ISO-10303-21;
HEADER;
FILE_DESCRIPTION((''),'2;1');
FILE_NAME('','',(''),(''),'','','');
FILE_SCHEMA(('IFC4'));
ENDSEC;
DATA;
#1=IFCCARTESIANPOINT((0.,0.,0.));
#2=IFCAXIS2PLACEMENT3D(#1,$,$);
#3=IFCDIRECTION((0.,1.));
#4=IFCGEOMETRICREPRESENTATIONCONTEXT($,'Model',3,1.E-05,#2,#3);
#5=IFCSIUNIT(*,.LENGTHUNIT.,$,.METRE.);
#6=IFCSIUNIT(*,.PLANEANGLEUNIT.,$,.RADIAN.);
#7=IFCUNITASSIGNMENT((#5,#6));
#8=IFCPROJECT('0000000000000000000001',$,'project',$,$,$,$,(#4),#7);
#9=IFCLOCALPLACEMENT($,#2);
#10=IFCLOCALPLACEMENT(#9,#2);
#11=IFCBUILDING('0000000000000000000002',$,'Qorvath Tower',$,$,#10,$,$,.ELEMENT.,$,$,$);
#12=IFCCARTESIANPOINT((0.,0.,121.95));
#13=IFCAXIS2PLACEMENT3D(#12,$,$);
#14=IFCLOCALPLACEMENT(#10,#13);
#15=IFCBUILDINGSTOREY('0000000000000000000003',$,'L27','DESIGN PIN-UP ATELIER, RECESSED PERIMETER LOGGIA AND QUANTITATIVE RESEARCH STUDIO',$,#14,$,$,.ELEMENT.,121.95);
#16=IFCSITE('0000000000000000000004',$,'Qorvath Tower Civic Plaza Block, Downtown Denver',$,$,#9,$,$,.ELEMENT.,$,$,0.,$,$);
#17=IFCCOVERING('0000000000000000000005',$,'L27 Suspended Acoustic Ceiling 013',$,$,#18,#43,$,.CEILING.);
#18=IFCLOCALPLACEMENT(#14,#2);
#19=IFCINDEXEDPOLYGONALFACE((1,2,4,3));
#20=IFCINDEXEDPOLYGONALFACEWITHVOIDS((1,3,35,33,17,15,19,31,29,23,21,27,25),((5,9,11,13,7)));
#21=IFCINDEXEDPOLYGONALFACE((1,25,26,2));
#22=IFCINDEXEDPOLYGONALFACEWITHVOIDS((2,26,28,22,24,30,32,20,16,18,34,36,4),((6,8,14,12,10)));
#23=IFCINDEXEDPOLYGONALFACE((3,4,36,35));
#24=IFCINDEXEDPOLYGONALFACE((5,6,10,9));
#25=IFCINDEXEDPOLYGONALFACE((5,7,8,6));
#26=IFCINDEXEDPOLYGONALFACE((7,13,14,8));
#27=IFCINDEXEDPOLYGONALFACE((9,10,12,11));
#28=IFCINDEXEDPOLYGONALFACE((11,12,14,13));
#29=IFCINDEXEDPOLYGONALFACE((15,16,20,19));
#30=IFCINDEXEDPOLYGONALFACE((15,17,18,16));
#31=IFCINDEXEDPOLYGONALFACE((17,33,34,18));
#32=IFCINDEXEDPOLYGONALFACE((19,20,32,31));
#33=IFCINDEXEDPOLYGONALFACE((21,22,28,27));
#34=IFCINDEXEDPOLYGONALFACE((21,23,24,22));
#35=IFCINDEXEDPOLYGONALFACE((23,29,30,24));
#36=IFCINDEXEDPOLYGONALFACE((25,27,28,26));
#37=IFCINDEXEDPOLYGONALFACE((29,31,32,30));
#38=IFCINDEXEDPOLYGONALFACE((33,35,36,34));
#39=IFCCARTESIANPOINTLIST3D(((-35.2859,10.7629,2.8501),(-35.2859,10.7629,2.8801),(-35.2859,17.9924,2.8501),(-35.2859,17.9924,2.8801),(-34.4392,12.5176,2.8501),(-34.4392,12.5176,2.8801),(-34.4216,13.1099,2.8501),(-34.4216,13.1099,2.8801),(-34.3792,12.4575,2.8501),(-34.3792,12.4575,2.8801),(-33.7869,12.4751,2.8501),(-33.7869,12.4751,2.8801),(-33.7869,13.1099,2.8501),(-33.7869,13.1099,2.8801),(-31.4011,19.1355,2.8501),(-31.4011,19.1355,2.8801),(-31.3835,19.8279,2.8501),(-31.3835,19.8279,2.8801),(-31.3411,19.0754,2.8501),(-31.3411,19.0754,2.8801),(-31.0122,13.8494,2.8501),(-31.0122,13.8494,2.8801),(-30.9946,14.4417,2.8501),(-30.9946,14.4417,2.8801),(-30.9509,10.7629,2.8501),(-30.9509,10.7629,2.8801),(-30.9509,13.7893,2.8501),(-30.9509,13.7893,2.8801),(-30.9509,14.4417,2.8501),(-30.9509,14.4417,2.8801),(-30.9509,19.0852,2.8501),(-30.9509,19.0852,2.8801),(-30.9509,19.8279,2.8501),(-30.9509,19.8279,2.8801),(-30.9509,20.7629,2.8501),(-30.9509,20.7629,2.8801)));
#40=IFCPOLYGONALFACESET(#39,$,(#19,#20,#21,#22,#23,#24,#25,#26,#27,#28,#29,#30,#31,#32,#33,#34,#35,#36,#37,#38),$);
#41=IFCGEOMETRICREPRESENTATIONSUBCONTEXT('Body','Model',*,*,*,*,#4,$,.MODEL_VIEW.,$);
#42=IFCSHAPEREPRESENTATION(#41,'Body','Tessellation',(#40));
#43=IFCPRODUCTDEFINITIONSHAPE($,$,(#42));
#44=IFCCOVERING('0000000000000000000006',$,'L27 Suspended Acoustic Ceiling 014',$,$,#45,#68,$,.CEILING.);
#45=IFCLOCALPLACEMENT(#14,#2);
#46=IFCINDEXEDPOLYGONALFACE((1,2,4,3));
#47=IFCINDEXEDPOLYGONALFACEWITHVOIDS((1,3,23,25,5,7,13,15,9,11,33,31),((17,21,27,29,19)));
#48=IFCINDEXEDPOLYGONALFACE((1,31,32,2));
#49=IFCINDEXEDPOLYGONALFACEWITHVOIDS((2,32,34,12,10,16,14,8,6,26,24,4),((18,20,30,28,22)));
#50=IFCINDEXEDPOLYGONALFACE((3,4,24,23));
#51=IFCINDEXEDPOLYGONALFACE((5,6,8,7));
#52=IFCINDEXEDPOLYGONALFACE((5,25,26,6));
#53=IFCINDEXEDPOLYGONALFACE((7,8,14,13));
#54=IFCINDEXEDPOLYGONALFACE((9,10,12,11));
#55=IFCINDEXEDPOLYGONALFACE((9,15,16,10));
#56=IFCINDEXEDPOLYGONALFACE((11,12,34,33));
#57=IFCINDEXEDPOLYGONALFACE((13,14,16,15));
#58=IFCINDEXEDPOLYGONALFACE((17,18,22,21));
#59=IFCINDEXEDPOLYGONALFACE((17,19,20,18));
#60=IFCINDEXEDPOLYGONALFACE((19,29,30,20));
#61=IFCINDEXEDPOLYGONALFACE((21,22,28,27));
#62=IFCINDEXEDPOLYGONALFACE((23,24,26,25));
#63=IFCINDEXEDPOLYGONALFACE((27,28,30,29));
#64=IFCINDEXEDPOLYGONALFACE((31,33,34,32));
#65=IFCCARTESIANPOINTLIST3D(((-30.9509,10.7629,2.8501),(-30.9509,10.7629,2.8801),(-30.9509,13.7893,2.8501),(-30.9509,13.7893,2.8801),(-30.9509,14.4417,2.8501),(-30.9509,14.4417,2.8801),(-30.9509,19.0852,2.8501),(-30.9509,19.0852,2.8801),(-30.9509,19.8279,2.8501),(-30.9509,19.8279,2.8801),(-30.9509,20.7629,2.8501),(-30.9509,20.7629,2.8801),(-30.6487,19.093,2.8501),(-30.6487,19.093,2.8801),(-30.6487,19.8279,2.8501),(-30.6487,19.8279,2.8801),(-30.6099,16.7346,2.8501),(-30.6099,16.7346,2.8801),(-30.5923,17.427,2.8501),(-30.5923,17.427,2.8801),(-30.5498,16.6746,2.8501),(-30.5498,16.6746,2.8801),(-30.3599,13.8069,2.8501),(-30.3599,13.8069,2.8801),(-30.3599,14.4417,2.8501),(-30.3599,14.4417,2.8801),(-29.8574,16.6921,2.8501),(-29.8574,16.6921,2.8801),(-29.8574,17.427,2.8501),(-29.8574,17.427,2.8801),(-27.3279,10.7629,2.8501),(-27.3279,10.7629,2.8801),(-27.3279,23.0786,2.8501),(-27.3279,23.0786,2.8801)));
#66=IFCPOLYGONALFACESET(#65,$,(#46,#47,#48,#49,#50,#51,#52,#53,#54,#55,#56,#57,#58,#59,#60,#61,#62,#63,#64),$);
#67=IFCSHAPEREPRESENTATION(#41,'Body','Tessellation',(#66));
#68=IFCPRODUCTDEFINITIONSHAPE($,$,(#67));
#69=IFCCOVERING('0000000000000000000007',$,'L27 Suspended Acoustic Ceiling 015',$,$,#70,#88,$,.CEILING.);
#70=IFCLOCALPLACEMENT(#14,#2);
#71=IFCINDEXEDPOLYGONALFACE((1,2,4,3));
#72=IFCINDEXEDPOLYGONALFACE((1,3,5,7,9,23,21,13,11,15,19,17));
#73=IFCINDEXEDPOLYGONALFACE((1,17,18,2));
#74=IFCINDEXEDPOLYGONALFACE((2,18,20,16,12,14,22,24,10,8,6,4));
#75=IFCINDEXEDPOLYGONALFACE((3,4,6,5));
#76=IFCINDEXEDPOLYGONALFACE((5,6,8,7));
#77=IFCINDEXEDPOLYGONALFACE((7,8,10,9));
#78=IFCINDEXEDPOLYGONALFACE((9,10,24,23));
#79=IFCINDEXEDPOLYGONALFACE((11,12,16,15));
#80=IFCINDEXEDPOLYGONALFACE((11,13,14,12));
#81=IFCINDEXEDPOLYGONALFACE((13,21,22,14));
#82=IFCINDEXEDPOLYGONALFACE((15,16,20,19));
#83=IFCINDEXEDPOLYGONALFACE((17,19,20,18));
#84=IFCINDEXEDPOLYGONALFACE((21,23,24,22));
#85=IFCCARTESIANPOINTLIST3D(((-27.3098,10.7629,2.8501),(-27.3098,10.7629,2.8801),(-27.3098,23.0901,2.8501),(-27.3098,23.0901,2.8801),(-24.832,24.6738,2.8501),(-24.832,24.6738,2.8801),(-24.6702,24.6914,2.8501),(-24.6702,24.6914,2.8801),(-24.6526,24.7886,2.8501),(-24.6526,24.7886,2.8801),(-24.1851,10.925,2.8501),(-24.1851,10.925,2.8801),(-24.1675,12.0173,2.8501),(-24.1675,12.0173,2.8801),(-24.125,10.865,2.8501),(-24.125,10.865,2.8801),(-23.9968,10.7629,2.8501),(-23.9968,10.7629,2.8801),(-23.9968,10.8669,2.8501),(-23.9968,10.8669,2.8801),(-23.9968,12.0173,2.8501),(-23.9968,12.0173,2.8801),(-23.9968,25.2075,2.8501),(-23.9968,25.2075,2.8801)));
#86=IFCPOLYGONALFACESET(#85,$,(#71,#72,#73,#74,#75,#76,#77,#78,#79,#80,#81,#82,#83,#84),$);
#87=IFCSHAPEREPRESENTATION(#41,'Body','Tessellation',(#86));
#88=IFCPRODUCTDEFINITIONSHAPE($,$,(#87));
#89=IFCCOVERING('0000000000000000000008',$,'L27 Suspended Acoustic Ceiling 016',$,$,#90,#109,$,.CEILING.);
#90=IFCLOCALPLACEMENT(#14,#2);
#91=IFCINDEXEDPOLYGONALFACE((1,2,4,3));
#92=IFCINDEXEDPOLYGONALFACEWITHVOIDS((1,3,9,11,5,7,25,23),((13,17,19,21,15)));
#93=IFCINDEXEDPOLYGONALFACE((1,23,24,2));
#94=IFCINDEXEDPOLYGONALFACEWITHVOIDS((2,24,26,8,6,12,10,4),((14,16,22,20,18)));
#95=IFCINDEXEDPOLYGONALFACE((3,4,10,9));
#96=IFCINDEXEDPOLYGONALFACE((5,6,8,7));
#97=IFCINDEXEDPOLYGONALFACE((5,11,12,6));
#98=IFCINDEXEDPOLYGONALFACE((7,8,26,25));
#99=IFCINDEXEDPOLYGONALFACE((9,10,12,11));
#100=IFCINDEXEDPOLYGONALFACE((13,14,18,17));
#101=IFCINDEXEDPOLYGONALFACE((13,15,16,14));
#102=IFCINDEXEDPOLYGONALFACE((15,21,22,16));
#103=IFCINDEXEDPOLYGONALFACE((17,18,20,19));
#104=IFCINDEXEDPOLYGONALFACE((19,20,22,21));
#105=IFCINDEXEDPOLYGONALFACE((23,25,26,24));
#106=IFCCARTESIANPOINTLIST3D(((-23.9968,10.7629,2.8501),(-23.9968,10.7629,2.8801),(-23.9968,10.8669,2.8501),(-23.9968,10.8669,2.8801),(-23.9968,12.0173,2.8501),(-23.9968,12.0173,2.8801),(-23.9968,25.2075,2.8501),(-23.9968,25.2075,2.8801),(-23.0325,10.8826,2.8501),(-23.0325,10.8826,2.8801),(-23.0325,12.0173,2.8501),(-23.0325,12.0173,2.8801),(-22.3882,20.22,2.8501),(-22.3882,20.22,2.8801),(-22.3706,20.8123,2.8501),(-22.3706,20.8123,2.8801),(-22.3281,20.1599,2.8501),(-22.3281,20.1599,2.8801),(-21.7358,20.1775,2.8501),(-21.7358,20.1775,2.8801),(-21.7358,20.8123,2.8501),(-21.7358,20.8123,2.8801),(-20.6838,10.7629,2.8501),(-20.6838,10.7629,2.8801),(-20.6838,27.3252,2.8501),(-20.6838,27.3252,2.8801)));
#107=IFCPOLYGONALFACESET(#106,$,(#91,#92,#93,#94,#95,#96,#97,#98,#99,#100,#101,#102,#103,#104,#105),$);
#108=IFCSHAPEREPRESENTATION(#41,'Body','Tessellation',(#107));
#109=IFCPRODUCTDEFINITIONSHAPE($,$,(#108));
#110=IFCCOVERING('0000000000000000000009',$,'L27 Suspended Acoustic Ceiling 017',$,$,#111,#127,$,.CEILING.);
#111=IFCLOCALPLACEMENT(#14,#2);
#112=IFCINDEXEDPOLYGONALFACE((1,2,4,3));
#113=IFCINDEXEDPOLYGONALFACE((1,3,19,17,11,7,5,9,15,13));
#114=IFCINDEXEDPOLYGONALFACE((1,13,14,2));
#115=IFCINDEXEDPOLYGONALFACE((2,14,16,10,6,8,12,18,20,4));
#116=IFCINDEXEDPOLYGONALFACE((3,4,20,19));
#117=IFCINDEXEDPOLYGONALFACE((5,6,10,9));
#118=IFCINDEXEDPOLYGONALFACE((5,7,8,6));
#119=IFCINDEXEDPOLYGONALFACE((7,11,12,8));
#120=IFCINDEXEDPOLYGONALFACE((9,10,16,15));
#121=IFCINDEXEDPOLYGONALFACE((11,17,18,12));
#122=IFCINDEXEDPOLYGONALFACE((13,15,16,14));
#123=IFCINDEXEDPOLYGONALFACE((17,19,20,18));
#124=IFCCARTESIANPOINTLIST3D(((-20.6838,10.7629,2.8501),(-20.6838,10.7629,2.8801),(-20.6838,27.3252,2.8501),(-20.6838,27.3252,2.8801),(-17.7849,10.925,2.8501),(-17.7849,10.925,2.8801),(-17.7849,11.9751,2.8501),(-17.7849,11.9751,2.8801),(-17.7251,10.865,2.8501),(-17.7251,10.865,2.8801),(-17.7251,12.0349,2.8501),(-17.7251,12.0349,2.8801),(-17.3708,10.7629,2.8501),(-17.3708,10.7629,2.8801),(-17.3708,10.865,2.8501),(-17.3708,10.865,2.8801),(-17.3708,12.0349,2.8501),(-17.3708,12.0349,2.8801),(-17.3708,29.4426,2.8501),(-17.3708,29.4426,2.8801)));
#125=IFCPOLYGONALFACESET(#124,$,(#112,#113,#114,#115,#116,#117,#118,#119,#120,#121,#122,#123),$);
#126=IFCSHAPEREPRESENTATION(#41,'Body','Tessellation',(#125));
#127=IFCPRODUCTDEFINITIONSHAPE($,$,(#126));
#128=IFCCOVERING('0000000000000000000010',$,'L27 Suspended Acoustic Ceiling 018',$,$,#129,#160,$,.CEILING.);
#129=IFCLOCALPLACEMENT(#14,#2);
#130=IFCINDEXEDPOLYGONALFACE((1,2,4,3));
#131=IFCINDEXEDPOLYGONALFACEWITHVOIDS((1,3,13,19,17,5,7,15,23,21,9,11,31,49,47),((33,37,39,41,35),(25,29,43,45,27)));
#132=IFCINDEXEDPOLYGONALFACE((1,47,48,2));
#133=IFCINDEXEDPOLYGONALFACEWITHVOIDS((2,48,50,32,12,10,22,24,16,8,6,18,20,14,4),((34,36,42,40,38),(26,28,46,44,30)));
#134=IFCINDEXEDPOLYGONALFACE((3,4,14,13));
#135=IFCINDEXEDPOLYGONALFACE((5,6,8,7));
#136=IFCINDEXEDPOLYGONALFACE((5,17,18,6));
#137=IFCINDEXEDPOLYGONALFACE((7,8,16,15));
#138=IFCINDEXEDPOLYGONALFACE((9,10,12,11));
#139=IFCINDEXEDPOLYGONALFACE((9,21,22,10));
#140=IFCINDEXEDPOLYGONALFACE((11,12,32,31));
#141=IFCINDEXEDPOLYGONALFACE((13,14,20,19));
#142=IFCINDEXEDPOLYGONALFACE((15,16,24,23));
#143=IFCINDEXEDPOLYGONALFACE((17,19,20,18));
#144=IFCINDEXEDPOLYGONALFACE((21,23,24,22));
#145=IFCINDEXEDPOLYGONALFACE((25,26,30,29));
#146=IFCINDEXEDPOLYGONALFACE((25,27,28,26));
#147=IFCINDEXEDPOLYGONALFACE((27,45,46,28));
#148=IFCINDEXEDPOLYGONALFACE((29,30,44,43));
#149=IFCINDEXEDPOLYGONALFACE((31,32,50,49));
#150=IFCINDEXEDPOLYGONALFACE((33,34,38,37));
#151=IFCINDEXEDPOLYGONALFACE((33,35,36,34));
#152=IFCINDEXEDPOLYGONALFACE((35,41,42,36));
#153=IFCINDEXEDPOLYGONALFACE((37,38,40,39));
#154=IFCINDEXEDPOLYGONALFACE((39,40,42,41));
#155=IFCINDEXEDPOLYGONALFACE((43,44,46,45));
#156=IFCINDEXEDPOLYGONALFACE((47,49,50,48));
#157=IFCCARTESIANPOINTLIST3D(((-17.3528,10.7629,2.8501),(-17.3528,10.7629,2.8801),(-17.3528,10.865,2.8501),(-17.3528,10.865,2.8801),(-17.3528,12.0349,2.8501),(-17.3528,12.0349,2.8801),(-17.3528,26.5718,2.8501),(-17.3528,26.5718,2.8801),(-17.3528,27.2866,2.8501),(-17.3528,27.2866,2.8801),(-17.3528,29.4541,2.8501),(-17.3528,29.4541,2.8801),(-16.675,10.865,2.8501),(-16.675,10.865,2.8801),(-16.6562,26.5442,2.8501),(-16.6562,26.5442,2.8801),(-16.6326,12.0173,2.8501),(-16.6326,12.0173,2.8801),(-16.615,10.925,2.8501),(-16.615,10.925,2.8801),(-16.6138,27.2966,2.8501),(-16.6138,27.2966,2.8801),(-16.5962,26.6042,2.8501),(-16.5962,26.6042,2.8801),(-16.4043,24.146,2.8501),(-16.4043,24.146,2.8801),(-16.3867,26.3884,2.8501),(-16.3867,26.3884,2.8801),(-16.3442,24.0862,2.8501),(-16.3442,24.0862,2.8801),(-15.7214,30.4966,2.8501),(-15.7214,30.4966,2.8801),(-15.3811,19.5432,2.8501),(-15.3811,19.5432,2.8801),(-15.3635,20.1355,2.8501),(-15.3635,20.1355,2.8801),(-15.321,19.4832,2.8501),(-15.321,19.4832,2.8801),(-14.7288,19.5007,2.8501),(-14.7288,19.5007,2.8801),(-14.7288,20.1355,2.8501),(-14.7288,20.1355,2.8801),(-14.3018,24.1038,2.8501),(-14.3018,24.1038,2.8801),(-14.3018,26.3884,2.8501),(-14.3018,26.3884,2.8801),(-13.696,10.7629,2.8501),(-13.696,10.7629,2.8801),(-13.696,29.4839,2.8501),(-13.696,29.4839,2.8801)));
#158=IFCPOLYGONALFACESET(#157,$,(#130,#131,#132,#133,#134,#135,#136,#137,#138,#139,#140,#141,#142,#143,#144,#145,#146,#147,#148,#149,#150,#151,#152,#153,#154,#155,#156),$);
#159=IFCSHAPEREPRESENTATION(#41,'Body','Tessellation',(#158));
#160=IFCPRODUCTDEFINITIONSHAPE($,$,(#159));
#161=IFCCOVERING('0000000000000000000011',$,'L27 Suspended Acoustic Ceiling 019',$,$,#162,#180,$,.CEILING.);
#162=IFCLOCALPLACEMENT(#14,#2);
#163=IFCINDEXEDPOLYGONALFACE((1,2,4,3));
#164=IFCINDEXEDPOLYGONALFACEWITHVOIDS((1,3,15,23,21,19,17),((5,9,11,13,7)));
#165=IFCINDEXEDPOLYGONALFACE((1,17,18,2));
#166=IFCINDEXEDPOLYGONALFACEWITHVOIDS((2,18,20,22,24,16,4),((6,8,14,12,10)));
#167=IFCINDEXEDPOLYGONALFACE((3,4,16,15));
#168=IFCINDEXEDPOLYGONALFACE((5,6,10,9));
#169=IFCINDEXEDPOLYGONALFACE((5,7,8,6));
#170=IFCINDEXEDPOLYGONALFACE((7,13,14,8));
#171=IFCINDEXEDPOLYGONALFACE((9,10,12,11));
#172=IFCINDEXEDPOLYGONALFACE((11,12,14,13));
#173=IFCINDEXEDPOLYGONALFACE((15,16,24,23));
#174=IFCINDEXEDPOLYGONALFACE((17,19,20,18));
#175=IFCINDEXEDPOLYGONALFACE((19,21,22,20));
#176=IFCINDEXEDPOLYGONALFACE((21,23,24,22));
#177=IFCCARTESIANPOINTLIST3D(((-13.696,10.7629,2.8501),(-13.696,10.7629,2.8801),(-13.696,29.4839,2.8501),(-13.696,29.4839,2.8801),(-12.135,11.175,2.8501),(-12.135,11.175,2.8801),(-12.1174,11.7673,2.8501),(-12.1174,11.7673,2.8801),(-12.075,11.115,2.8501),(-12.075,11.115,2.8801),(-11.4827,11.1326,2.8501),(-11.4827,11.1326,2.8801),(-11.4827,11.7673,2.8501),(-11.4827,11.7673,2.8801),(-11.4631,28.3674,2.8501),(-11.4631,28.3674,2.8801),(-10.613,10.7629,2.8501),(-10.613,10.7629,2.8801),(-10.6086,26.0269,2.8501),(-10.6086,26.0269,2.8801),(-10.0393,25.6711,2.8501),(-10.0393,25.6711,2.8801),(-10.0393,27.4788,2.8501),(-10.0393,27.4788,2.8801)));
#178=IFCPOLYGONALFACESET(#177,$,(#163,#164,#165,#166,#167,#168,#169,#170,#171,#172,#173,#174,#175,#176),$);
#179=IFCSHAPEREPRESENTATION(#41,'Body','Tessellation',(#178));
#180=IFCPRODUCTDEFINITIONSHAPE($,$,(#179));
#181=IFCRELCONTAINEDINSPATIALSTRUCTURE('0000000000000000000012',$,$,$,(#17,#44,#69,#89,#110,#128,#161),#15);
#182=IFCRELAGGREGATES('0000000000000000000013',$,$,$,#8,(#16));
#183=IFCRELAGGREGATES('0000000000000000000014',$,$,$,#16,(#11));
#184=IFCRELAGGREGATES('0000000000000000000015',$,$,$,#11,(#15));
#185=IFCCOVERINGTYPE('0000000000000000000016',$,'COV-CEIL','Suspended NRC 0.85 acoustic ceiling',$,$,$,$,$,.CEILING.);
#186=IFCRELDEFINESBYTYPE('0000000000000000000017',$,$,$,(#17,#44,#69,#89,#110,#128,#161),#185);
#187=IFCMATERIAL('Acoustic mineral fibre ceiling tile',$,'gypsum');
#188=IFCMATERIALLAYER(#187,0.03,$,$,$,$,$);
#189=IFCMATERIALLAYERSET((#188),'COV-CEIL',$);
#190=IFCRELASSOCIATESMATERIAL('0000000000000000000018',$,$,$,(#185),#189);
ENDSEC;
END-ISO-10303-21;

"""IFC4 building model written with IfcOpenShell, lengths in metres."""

from ifc_helpers import new_model, si_unit, direction, frame, origin, place, context, subcontext, project, spatial, polyline, outline, extrude, material, layer, layer_set, type_object, element, save


model = new_model("IFC4")

# Units and contexts
model_context = context("Model", 3, precision=1e-05, world=origin(), true_north=direction((0.0, 1.0)))
body_context = subcontext(model_context, "Body", "Model", "MODEL_VIEW")
ifc_project = project(units=[si_unit("LENGTHUNIT", "METRE"), si_unit("PLANEANGLEUNIT", "RADIAN")], contexts=[model_context])

# Site, building, storey
site_placement = place(None, origin())
site = spatial("IfcSite", under=ifc_project, at=site_placement, Name="Qorvath Tower Civic Plaza Block, Downtown Denver", CompositionType="ELEMENT", RefElevation=0.0)
building_placement = place(site_placement, origin())
building = spatial("IfcBuilding", under=site, at=building_placement, Name="Qorvath Tower", CompositionType="ELEMENT")
storey_placement = place(building_placement, frame((0.0, 0.0, 121.95)))
storey = spatial("IfcBuildingStorey", under=building, at=storey_placement, Name="L27", Description="DESIGN PIN-UP ATELIER, RECESSED PERIMETER LOGGIA AND QUANTITATIVE RESEARCH STUDIO", CompositionType="ELEMENT", Elevation=121.95)

# Coverings
ifc_material_1 = material(Name="Acoustic mineral fibre ceiling tile", Category="gypsum")
ifc_layer_1 = layer(ifc_material_1, 0.03)
ifc_layer_set_1 = layer_set([ifc_layer_1], Name="COV-CEIL")
covering_type_1 = type_object("IfcCoveringType", Name="COV-CEIL", Description="Suspended NRC 0.85 acoustic ceiling", PredefinedType="CEILING", material=ifc_layer_set_1)
covering_1_placement = place(storey_placement, frame((0.0, 0.0, 2.8501)))
element("IfcCovering", 1, at=covering_1_placement, inside=storey, type_object=covering_type_1, Name="L27 Suspended Acoustic Ceiling 013", PredefinedType="CEILING", context=body_context, shape_type="SweptSolid", body=[
    extrude(outline(polyline([(-35.2859, 10.7629), (-30.9509, 10.7629), (-30.9509, 13.7893), (-31.0122, 13.8494), (-30.9946, 14.4417), (-30.9509, 14.4417), (-30.9509, 19.0852), (-31.3411, 19.0754), (-31.4011, 19.1355), (-31.3835, 19.8279), (-30.9509, 19.8279), (-30.9509, 20.7629), (-35.2859, 17.9924), (-35.2859, 10.7629)]), holes=[polyline([(-34.4392, 12.5176), (-34.4216, 13.1099), (-33.7869, 13.1099), (-33.7869, 12.4751), (-34.3792, 12.4575), (-34.4392, 12.5176)])]), origin(), (0.0, 0.0, 1.0), 0.03),
])
covering_2_placement = place(storey_placement, frame((0.0, 0.0, 2.8501)))
element("IfcCovering", 2, at=covering_2_placement, inside=storey, type_object=covering_type_1, Name="L27 Suspended Acoustic Ceiling 014", PredefinedType="CEILING", context=body_context, shape_type="SweptSolid", body=[
    extrude(outline(polyline([(-30.9509, 20.7629), (-30.9509, 19.8279), (-30.6487, 19.8279), (-30.6487, 19.093), (-30.9509, 19.0852), (-30.9509, 14.4417), (-30.3599, 14.4417), (-30.3599, 13.8069), (-30.9509, 13.7893), (-30.9509, 10.7629), (-27.3279, 10.7629), (-27.3279, 23.0786), (-30.9509, 20.7629)]), holes=[polyline([(-30.6099, 16.7346), (-30.5923, 17.427), (-29.8574, 17.427), (-29.8574, 16.6921), (-30.5498, 16.6746), (-30.6099, 16.7346)])]), origin(), (0.0, 0.0, 1.0), 0.03),
])
covering_3_placement = place(storey_placement, frame((0.0, 0.0, 2.8501)))
element("IfcCovering", 3, at=covering_3_placement, inside=storey, type_object=covering_type_1, Name="L27 Suspended Acoustic Ceiling 015", PredefinedType="CEILING", context=body_context, shape_type="SweptSolid", body=[
    extrude(outline(polyline([(-23.9968, 10.7629), (-23.9968, 10.8669), (-24.125, 10.865), (-24.1851, 10.925), (-24.1675, 12.0173), (-23.9968, 12.0173), (-23.9968, 25.2075), (-24.6526, 24.7886), (-24.6702, 24.6914), (-24.832, 24.6738), (-27.3098, 23.0901), (-27.3098, 10.7629), (-23.9968, 10.7629)])), origin(), (0.0, 0.0, 1.0), 0.03),
])
covering_4_placement = place(storey_placement, frame((0.0, 0.0, 2.8501)))
element("IfcCovering", 4, at=covering_4_placement, inside=storey, type_object=covering_type_1, Name="L27 Suspended Acoustic Ceiling 016", PredefinedType="CEILING", context=body_context, shape_type="SweptSolid", body=[
    extrude(outline(polyline([(-20.6838, 10.7629), (-20.6838, 27.3252), (-23.9968, 25.2075), (-23.9968, 12.0173), (-23.0325, 12.0173), (-23.0325, 10.8826), (-23.9968, 10.8669), (-23.9968, 10.7629), (-20.6838, 10.7629)]), holes=[polyline([(-22.3882, 20.22), (-22.3706, 20.8123), (-21.7358, 20.8123), (-21.7358, 20.1775), (-22.3281, 20.1599), (-22.3882, 20.22)])]), origin(), (0.0, 0.0, 1.0), 0.03),
])
covering_5_placement = place(storey_placement, frame((0.0, 0.0, 2.8501)))
element("IfcCovering", 5, at=covering_5_placement, inside=storey, type_object=covering_type_1, Name="L27 Suspended Acoustic Ceiling 017", PredefinedType="CEILING", context=body_context, shape_type="SweptSolid", body=[
    extrude(outline(polyline([(-17.3708, 12.0349), (-17.3708, 29.4426), (-20.6838, 27.3252), (-20.6838, 10.7629), (-17.3708, 10.7629), (-17.3708, 10.865), (-17.7251, 10.865), (-17.7849, 10.925), (-17.7849, 11.9751), (-17.7251, 12.0349), (-17.3708, 12.0349)])), origin(), (0.0, 0.0, 1.0), 0.03),
])
covering_6_placement = place(storey_placement, frame((0.0, 0.0, 2.8501)))
element("IfcCovering", 6, at=covering_6_placement, inside=storey, type_object=covering_type_1, Name="L27 Suspended Acoustic Ceiling 018", PredefinedType="CEILING", context=body_context, shape_type="SweptSolid", body=[
    extrude(outline(polyline([(-13.696, 10.7629), (-13.696, 29.4839), (-15.7214, 30.4966), (-17.3528, 29.4541), (-17.3528, 27.2866), (-16.6138, 27.2966), (-16.5962, 26.6042), (-16.6562, 26.5442), (-17.3528, 26.5718), (-17.3528, 12.0349), (-16.6326, 12.0173), (-16.615, 10.925), (-16.675, 10.865), (-17.3528, 10.865), (-17.3528, 10.7629), (-13.696, 10.7629)]), holes=[polyline([(-16.4043, 24.146), (-16.3867, 26.3884), (-14.3018, 26.3884), (-14.3018, 24.1038), (-16.3442, 24.0862), (-16.4043, 24.146)]), polyline([(-15.3811, 19.5432), (-15.3635, 20.1355), (-14.7288, 20.1355), (-14.7288, 19.5007), (-15.321, 19.4832), (-15.3811, 19.5432)])]), origin(), (0.0, 0.0, 1.0), 0.03),
])
covering_7_placement = place(storey_placement, frame((0.0, 0.0, 2.8501)))
element("IfcCovering", 7, at=covering_7_placement, inside=storey, type_object=covering_type_1, Name="L27 Suspended Acoustic Ceiling 019", PredefinedType="CEILING", context=body_context, shape_type="SweptSolid", body=[
    extrude(outline(polyline([(-10.0393, 25.6711), (-10.0393, 27.4788), (-11.4631, 28.3674), (-13.696, 29.4839), (-13.696, 10.7629), (-10.613, 10.7629), (-10.6086, 26.0269), (-10.0393, 25.6711)]), holes=[polyline([(-12.135, 11.175), (-12.1174, 11.7673), (-11.4827, 11.7673), (-11.4827, 11.1326), (-12.075, 11.115), (-12.135, 11.175)])]), origin(), (0.0, 0.0, 1.0), 0.03),
])

save(model, "model.ifc")
